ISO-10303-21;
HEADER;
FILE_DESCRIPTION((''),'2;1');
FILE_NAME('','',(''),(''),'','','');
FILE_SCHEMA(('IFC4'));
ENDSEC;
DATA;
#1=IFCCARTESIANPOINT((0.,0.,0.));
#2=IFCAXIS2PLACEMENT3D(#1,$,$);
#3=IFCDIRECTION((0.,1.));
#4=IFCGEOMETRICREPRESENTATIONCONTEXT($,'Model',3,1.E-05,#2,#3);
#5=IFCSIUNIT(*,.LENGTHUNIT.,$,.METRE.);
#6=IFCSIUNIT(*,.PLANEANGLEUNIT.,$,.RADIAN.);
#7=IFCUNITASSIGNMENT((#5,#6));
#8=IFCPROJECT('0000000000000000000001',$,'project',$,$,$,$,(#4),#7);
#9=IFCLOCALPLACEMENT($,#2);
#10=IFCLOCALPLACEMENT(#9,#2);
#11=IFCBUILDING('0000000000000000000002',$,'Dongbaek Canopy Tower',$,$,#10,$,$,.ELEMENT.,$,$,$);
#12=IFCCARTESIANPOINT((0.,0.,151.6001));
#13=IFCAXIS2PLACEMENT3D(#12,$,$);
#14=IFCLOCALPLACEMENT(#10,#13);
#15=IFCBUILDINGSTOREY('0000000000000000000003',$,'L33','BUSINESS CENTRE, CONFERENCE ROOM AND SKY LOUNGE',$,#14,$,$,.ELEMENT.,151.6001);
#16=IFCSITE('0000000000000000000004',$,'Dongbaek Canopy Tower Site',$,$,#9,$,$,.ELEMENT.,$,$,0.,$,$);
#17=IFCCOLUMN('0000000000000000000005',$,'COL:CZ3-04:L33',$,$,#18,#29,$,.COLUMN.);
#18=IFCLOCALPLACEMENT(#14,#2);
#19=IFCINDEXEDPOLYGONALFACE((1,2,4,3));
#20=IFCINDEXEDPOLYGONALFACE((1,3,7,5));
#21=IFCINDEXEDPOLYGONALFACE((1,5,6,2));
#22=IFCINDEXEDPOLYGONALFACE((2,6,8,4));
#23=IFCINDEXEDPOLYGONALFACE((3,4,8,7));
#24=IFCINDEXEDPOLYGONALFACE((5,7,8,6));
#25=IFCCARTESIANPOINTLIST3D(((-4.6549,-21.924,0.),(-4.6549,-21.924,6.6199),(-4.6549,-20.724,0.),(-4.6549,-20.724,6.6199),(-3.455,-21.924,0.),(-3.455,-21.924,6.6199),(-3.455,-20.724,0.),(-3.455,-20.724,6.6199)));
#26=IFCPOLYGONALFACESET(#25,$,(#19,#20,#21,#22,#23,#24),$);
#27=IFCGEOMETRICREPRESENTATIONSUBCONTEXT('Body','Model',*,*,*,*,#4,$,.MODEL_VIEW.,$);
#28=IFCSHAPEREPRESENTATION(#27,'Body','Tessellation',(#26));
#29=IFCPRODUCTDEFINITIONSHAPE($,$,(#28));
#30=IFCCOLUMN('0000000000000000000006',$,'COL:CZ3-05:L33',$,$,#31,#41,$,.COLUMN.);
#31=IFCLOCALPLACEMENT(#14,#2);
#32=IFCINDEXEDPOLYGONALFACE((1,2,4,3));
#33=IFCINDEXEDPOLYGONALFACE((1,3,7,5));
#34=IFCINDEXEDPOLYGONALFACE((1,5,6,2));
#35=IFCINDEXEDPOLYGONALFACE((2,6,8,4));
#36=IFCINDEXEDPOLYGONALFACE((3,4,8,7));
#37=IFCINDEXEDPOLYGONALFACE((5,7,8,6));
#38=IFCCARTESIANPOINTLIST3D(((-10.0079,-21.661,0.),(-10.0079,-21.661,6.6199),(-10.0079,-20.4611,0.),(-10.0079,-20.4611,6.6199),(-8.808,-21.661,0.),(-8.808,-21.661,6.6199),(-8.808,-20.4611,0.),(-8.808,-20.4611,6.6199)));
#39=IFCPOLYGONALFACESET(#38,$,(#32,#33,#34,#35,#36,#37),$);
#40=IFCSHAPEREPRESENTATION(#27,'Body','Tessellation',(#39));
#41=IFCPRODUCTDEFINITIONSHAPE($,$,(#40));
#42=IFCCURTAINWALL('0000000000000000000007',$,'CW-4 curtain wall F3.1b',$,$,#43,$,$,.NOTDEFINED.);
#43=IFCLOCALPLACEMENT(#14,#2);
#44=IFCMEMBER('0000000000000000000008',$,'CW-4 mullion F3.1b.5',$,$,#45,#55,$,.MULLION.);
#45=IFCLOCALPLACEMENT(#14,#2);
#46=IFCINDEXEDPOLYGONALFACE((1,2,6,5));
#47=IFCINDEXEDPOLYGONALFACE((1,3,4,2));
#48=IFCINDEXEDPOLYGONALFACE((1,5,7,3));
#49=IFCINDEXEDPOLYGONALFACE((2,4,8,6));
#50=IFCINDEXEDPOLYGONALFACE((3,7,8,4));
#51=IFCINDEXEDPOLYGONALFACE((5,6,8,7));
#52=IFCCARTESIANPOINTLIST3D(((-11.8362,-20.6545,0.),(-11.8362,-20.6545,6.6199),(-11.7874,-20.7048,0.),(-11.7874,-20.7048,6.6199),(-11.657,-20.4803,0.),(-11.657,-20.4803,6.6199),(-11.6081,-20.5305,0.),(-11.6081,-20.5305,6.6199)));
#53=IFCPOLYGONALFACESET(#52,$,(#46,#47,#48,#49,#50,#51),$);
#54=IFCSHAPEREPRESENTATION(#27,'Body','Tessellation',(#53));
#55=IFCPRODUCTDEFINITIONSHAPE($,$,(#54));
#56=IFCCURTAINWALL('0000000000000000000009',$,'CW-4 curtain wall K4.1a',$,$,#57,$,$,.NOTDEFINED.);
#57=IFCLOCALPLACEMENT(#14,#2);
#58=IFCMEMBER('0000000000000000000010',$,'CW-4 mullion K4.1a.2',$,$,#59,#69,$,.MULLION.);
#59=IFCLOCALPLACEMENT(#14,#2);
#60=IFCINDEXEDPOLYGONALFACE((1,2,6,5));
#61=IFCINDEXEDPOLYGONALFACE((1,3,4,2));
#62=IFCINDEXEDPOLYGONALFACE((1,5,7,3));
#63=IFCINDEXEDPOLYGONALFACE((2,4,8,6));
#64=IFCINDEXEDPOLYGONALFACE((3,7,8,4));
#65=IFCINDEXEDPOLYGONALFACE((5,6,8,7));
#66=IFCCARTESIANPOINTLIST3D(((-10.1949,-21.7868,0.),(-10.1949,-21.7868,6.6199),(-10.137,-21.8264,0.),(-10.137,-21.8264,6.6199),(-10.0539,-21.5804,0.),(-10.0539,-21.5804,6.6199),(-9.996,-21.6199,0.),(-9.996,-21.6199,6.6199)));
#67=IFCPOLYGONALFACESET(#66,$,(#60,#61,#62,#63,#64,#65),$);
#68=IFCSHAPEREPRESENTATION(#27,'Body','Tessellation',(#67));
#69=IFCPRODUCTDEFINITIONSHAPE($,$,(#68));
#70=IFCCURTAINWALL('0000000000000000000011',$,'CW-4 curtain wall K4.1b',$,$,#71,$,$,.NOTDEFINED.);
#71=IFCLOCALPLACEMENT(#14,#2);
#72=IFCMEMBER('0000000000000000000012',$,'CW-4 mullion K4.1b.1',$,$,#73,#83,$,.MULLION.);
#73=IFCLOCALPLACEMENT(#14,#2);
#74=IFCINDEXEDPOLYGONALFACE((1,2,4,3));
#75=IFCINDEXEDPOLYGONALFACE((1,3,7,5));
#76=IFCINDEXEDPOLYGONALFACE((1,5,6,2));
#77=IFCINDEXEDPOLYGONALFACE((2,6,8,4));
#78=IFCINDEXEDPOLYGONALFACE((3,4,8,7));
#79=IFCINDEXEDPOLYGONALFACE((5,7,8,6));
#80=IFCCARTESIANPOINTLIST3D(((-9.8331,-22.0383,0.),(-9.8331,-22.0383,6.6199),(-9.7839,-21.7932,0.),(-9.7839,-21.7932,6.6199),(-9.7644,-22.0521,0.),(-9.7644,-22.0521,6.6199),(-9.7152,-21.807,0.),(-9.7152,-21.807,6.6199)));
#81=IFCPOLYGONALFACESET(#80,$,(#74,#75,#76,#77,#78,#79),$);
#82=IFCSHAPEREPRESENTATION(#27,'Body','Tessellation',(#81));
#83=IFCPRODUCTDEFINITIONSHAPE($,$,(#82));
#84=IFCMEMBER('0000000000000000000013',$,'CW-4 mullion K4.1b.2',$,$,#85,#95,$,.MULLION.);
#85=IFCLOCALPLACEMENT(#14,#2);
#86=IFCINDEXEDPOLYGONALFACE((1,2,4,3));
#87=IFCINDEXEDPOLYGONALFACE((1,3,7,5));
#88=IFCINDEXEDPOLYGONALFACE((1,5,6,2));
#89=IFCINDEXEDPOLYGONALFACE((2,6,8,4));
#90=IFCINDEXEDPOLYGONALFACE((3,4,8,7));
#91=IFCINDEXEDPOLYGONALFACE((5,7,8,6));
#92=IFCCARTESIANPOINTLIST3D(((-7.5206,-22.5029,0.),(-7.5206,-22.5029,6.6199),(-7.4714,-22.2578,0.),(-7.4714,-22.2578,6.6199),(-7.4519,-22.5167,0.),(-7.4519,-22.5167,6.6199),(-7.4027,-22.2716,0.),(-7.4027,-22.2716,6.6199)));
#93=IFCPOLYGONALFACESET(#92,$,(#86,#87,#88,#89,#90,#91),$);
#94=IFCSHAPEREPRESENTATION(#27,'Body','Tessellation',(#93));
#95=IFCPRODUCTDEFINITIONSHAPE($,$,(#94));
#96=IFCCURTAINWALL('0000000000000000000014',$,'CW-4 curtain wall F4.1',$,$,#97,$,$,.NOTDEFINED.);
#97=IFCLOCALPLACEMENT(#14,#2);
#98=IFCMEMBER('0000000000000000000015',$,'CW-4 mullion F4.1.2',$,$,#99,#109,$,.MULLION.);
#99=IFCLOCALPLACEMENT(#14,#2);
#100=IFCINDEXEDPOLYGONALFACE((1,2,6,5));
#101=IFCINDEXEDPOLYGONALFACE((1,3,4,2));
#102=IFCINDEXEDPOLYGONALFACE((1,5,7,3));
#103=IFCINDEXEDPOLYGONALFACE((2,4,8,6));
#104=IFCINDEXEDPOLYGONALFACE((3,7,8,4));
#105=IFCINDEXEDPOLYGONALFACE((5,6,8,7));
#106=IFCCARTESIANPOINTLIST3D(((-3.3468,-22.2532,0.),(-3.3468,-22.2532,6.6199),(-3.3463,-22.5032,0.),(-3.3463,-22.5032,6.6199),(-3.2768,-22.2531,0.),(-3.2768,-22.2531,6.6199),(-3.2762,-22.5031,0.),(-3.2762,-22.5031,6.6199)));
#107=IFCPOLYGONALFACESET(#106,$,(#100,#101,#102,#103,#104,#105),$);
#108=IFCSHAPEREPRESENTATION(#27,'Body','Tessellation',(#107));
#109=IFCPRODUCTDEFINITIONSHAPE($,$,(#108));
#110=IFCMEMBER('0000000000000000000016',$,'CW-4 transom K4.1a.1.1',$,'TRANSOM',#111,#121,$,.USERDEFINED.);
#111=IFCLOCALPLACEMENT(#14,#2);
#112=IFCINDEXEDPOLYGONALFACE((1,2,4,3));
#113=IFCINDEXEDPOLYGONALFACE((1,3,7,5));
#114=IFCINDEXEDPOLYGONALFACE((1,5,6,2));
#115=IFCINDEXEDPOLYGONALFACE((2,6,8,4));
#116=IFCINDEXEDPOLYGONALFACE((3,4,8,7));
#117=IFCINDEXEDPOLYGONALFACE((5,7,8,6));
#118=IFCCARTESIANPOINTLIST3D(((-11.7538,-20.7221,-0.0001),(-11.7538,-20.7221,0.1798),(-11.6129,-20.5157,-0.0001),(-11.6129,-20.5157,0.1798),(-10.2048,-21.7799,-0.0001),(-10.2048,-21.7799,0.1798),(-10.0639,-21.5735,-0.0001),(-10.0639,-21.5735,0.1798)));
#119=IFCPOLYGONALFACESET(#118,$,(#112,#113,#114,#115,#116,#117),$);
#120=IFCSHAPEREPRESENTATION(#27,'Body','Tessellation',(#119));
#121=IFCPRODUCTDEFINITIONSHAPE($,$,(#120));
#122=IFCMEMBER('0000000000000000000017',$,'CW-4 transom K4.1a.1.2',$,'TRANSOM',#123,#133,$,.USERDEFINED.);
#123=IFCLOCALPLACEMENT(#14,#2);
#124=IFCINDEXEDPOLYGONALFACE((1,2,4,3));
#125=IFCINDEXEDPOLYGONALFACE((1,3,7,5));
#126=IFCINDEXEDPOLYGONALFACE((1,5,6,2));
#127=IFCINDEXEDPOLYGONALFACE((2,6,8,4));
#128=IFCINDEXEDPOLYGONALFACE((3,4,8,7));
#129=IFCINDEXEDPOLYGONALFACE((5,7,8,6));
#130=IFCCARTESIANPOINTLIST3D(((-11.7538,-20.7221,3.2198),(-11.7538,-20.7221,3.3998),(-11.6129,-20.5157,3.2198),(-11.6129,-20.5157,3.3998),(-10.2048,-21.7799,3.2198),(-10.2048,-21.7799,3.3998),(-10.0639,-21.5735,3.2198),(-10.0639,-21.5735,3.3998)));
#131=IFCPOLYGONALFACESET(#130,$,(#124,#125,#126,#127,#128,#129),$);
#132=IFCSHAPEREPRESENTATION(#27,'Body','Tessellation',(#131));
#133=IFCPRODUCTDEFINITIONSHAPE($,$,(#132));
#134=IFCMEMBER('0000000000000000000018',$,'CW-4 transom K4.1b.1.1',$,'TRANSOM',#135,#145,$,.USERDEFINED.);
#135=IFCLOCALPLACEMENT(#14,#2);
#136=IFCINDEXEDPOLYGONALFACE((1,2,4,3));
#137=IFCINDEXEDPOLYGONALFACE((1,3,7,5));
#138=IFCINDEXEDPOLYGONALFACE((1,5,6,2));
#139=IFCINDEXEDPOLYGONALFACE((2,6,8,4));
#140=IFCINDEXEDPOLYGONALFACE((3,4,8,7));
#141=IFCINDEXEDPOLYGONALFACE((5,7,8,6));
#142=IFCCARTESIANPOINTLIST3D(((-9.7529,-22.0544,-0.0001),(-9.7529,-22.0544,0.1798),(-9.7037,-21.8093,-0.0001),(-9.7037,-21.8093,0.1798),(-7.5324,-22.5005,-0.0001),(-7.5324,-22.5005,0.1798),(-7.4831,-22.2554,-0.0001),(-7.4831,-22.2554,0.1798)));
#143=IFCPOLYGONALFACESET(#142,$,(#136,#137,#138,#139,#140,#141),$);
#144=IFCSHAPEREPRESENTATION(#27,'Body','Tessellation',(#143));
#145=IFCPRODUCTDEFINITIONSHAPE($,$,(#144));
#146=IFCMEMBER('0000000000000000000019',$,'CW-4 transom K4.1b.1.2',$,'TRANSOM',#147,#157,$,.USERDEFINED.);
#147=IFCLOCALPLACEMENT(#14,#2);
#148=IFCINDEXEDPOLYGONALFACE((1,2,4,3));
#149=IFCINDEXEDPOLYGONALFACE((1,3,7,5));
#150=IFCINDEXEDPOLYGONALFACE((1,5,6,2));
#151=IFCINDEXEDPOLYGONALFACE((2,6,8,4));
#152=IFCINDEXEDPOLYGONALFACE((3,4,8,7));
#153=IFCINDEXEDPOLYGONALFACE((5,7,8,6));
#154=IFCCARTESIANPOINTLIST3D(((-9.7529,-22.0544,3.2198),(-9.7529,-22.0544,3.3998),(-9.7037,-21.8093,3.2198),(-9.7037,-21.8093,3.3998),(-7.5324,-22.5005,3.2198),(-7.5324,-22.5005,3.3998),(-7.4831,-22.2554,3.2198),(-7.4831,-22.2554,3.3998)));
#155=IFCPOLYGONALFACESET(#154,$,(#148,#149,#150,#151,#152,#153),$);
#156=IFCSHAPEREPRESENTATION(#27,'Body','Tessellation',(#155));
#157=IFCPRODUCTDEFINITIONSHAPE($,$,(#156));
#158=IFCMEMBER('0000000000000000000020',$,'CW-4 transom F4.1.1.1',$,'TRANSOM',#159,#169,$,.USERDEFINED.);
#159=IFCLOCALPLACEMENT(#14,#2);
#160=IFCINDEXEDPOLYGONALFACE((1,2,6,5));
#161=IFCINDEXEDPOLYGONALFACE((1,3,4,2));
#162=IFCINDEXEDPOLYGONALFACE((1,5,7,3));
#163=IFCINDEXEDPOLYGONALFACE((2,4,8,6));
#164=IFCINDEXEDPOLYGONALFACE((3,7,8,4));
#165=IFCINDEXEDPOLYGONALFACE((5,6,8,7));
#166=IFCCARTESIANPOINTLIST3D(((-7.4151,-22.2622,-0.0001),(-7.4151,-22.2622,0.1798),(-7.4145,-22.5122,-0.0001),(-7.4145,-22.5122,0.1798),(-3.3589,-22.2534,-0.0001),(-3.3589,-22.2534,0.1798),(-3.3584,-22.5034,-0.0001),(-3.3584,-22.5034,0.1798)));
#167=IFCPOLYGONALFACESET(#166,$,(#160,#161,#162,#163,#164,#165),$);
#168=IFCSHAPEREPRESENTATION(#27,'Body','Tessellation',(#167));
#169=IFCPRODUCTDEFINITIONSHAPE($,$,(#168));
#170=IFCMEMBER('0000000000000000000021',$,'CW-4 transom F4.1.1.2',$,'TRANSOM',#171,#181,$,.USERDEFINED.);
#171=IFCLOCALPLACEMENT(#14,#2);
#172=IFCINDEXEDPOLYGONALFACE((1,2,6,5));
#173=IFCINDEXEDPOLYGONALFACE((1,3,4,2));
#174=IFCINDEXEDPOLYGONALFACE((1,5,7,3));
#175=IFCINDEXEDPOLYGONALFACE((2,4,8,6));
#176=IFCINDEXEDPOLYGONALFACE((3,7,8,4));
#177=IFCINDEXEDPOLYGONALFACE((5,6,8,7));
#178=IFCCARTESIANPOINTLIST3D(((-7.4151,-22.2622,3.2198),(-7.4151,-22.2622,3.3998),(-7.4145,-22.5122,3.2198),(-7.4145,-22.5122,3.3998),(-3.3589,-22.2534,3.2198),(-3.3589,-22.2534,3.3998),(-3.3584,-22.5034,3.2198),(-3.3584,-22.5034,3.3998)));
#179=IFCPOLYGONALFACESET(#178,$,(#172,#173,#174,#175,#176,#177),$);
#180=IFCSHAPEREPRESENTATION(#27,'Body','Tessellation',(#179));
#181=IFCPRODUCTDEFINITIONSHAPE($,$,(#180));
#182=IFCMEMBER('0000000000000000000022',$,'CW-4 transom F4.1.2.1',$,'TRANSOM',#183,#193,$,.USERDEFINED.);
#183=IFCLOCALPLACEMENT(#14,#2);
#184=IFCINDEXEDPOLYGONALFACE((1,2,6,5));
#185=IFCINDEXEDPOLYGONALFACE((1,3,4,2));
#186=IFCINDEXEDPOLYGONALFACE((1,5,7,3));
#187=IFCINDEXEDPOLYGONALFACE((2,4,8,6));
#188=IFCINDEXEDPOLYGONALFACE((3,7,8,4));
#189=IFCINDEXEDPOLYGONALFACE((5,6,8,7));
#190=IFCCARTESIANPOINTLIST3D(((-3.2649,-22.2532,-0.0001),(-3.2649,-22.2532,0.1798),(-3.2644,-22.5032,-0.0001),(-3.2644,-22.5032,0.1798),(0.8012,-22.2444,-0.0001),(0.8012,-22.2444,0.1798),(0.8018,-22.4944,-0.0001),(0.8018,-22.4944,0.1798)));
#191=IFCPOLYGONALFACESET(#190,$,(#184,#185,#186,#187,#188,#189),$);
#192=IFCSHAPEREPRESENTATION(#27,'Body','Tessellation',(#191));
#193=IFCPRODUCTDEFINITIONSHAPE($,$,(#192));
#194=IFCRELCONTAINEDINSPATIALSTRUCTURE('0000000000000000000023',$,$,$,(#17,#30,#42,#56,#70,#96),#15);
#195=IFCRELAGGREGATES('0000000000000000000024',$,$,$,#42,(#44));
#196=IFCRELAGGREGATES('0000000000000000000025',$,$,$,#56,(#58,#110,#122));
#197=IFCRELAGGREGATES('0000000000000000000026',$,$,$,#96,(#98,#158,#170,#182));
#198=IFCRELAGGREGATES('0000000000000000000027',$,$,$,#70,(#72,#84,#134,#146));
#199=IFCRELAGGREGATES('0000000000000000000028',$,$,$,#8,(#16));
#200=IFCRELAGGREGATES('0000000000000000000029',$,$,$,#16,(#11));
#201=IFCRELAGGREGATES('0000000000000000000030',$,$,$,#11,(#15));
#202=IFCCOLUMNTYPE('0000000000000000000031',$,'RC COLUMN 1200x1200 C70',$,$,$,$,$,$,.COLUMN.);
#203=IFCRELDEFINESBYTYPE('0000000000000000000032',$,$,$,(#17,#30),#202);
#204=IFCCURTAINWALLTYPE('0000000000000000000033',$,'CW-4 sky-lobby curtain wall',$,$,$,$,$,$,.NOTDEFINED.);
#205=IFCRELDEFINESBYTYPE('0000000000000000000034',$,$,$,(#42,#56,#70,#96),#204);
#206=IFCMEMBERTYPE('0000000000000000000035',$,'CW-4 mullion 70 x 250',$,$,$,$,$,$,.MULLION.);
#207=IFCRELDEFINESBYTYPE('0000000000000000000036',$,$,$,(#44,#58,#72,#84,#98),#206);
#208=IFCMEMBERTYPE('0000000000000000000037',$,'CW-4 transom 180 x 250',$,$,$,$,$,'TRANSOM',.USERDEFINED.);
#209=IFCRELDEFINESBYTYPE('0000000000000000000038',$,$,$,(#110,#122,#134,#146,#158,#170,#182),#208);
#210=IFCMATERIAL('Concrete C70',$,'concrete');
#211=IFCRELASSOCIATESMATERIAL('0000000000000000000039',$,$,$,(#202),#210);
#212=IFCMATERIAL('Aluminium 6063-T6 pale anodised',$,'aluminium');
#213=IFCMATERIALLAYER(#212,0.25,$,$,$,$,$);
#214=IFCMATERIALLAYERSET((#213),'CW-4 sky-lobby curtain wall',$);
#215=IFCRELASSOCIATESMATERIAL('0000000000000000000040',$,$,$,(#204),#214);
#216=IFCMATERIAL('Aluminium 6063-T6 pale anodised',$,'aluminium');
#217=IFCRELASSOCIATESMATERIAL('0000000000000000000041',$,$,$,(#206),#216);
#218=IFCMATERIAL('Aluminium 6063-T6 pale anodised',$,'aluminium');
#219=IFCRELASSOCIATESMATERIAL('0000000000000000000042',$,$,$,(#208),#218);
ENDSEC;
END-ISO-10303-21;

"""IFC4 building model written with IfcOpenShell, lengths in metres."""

from ifc_helpers import new_model, si_unit, direction, frame, origin, origin_2d, place, context, subcontext, project, spatial, rectangle, extrude, material, layer, layer_set, material_profile, profile_set, type_object, element, aggregate, save


model = new_model("IFC4")

# Units and contexts
model_context = context("Model", 3, precision=1e-05, world=origin(), true_north=direction((0.0, 1.0)))
body_context = subcontext(model_context, "Body", "Model", "MODEL_VIEW")
ifc_project = project(units=[si_unit("LENGTHUNIT", "METRE"), si_unit("PLANEANGLEUNIT", "RADIAN")], contexts=[model_context])

# Site, building, storey
site_placement = place(None, origin())
site = spatial("IfcSite", under=ifc_project, at=site_placement, Name="Dongbaek Canopy Tower Site", CompositionType="ELEMENT", RefElevation=0.0)
building_placement = place(site_placement, origin())
building = spatial("IfcBuilding", under=site, at=building_placement, Name="Dongbaek Canopy Tower", CompositionType="ELEMENT")
storey_placement = place(building_placement, frame((0.0, 0.0, 151.6001)))
storey = spatial("IfcBuildingStorey", under=building, at=storey_placement, Name="L33", Description="BUSINESS CENTRE, CONFERENCE ROOM AND SKY LOUNGE", CompositionType="ELEMENT", Elevation=151.6001)

# Columns
ifc_material_1 = material(Name="Concrete C70", Category="concrete")
ifc_material_profile_1 = material_profile(ifc_material_1, rectangle(XDim=1.2, YDim=1.2, at=origin_2d()), Name="RC COLUMN 1200x1200 C70")
ifc_profile_set_1 = profile_set([ifc_material_profile_1], Name="Concrete C70")
column_type = type_object("IfcColumnType", Name="RC COLUMN 1200x1200 C70", PredefinedType="COLUMN", material=ifc_profile_set_1)
for number, where, z_axis, x_axis, name in (
    (1, (-4.0549, -21.324, 0.0), (0.0, 0.0, 1.0), (1.0, 0.0, 0.0), "COL:CZ3-04:L33"),
    (2, (-9.408, -21.061, 0.0), (0.0, 0.0, 1.0), (1.0, 0.0, 0.0), "COL:CZ3-05:L33"),
):
    element("IfcColumn", number, at=place(storey_placement, frame(where, z_axis=z_axis, x_axis=x_axis)), inside=storey, type_object=column_type, Name=name, PredefinedType="COLUMN", context=body_context, shape_type="SweptSolid", body=[
        extrude(rectangle(XDim=1.2, YDim=1.2, at=origin_2d()), origin(), (0.0, 0.0, 1.0), 6.6199),
    ])

# Curtain walls, members
ifc_material_2 = material(Name="Aluminium 6063-T6 pale anodised", Category="aluminium")
ifc_layer_1 = layer(ifc_material_2, 0.25)
ifc_layer_set_1 = layer_set([ifc_layer_1], Name="CW-4 sky-lobby curtain wall")
curtain_wall_type = type_object("IfcCurtainWallType", Name="CW-4 sky-lobby curtain wall", PredefinedType="NOTDEFINED", material=ifc_layer_set_1)
curtain_wall_1_placement = place(storey_placement, origin())
curtain_wall_1 = element("IfcCurtainWall", 3, at=curtain_wall_1_placement, inside=storey, type_object=curtain_wall_type, Name="CW-4 curtain wall F3.1b", PredefinedType="NOTDEFINED")
ifc_material_3 = material(Name="Aluminium 6063-T6 pale anodised", Category="aluminium")
ifc_material_profile_2 = material_profile(ifc_material_3, rectangle(XDim=0.25, YDim=0.0701, at=origin_2d()), Name="CW-4 mullion 70 x 250")
ifc_profile_set_2 = profile_set([ifc_material_profile_2], Name="Aluminium 6063-T6 pale anodised")
member_type_1 = type_object("IfcMemberType", Name="CW-4 mullion 70 x 250", PredefinedType="MULLION", material=ifc_profile_set_2)
member_1_placement = place(storey_placement, frame((-11.7222, -20.5925, 0.0), z_axis=(0.0, 0.0, 1.0), x_axis=(-0.717057, -0.697015, 0.0)))
member_1 = element("IfcMember", 4, at=member_1_placement, type_object=member_type_1, Name="CW-4 mullion F3.1b.5", PredefinedType="MULLION", context=body_context, shape_type="SweptSolid", body=[
    extrude(rectangle(XDim=0.25, YDim=0.0701, at=origin_2d()), origin(), (0.0, 0.0, 1.0), 6.6199),
])
curtain_wall_2_placement = place(storey_placement, origin())
curtain_wall_2 = element("IfcCurtainWall", 5, at=curtain_wall_2_placement, inside=storey, type_object=curtain_wall_type, Name="CW-4 curtain wall K4.1a", PredefinedType="NOTDEFINED")
member_2_placement = place(storey_placement, frame((-10.0955, -21.7034, 0.0), z_axis=(0.0, 0.0, 1.0), x_axis=(-0.56393, -0.825823, 0.0)))
member_2 = element("IfcMember", 6, at=member_2_placement, type_object=member_type_1, Name="CW-4 mullion K4.1a.2", PredefinedType="MULLION", context=body_context, shape_type="SweptSolid", body=[
    extrude(rectangle(XDim=0.25, YDim=0.0701, at=origin_2d()), origin(), (0.0, 0.0, 1.0), 6.6199),
])

# Curtain wall, members
curtain_wall_3_placement = place(storey_placement, origin())
curtain_wall_3 = element("IfcCurtainWall", 7, at=curtain_wall_3_placement, inside=storey, type_object=curtain_wall_type, Name="CW-4 curtain wall K4.1b", PredefinedType="NOTDEFINED")
member_3_placement = place(storey_placement, frame((-9.7742, -21.9226, 0.0), z_axis=(0.0, 0.0, 1.0), x_axis=(-0.196973, -0.980409, 0.0)))
member_3 = element("IfcMember", 8, at=member_3_placement, type_object=member_type_1, Name="CW-4 mullion K4.1b.1", PredefinedType="MULLION", context=body_context, shape_type="SweptSolid", body=[
    extrude(rectangle(XDim=0.25, YDim=0.0701, at=origin_2d()), origin(), (0.0, 0.0, 1.0), 6.6199),
])
member_4_placement = place(storey_placement, frame((-7.4617, -22.3872, 0.0), z_axis=(0.0, 0.0, 1.0), x_axis=(-0.196973, -0.980409, 0.0)))
member_4 = element("IfcMember", 9, at=member_4_placement, type_object=member_type_1, Name="CW-4 mullion K4.1b.2", PredefinedType="MULLION", context=body_context, shape_type="SweptSolid", body=[
    extrude(rectangle(XDim=0.25, YDim=0.0701, at=origin_2d()), origin(), (0.0, 0.0, 1.0), 6.6199),
])

# Curtain wall, member
curtain_wall_4_placement = place(storey_placement, origin())
curtain_wall_4 = element("IfcCurtainWall", 10, at=curtain_wall_4_placement, inside=storey, type_object=curtain_wall_type, Name="CW-4 curtain wall F4.1", PredefinedType="NOTDEFINED")
member_5_placement = place(storey_placement, frame((-3.3115, -22.3782, 0.0), z_axis=(0.0, 0.0, 1.0), x_axis=(0.002164, -0.999998, 0.0)))
member_5 = element("IfcMember", 11, at=member_5_placement, type_object=member_type_1, Name="CW-4 mullion F4.1.2", PredefinedType="MULLION", context=body_context, shape_type="SweptSolid", body=[
    extrude(rectangle(XDim=0.25, YDim=0.0701, at=origin_2d()), origin(), (0.0, 0.0, 1.0), 6.6199),
])

# Members
ifc_material_4 = material(Name="Aluminium 6063-T6 pale anodised", Category="aluminium")
ifc_material_profile_3 = material_profile(ifc_material_4, rectangle(XDim=0.25, YDim=0.1799, at=origin_2d()), Name="CW-4 transom 180 x 250")
ifc_profile_set_3 = profile_set([ifc_material_profile_3], Name="Aluminium 6063-T6 pale anodised")
member_type_2 = type_object("IfcMemberType", Name="CW-4 transom 180 x 250", ElementType="TRANSOM", PredefinedType="USERDEFINED", material=ifc_profile_set_3)
member_6_placement = place(storey_placement, frame((-11.6833, -20.6189, 0.0898), z_axis=(0.825811, -0.563946, 0.0), x_axis=(0.563946, 0.825811, 0.0)))
member_6 = element("IfcMember", 12, at=member_6_placement, type_object=member_type_2, Name="CW-4 transom K4.1a.1.1", ObjectType="TRANSOM", PredefinedType="USERDEFINED", context=body_context, shape_type="SweptSolid", body=[
    extrude(rectangle(XDim=0.25, YDim=0.1799, at=origin_2d()), origin(), (0.0, 0.0, 1.0), 1.8757),
])
member_7_placement = place(storey_placement, frame((-11.6833, -20.6189, 3.3098), z_axis=(0.825811, -0.563946, 0.0), x_axis=(0.563946, 0.825811, 0.0)))
member_7 = element("IfcMember", 13, at=member_7_placement, type_object=member_type_2, Name="CW-4 transom K4.1a.1.2", ObjectType="TRANSOM", PredefinedType="USERDEFINED", context=body_context, shape_type="SweptSolid", body=[
    extrude(rectangle(XDim=0.25, YDim=0.1799, at=origin_2d()), origin(), (0.0, 0.0, 1.0), 1.8757),
])
member_8_placement = place(storey_placement, frame((-9.7283, -21.9319, 0.0898), z_axis=(0.980414, -0.196945, 0.0), x_axis=(0.196945, 0.980414, 0.0)))
member_8 = element("IfcMember", 14, at=member_8_placement, type_object=member_type_2, Name="CW-4 transom K4.1b.1.1", ObjectType="TRANSOM", PredefinedType="USERDEFINED", context=body_context, shape_type="SweptSolid", body=[
    extrude(rectangle(XDim=0.25, YDim=0.1799, at=origin_2d()), origin(), (0.0, 0.0, 1.0), 2.2649),
])
member_9_placement = place(storey_placement, frame((-9.7283, -21.9319, 3.3098), z_axis=(0.980414, -0.196945, 0.0), x_axis=(0.196945, 0.980414, 0.0)))
member_9 = element("IfcMember", 15, at=member_9_placement, type_object=member_type_2, Name="CW-4 transom K4.1b.1.2", ObjectType="TRANSOM", PredefinedType="USERDEFINED", context=body_context, shape_type="SweptSolid", body=[
    extrude(rectangle(XDim=0.25, YDim=0.1799, at=origin_2d()), origin(), (0.0, 0.0, 1.0), 2.2649),
])
member_10_placement = place(storey_placement, frame((-7.4148, -22.3872, 0.0898), z_axis=(0.999998, 0.002167, 0.0), x_axis=(-0.002167, 0.999998, 0.0)))
member_10 = element("IfcMember", 16, at=member_10_placement, type_object=member_type_2, Name="CW-4 transom F4.1.1.1", ObjectType="TRANSOM", PredefinedType="USERDEFINED", context=body_context, shape_type="SweptSolid", body=[
    extrude(rectangle(XDim=0.25, YDim=0.1799, at=origin_2d()), origin(), (0.0, 0.0, 1.0), 4.0562),
])
member_11_placement = place(storey_placement, frame((-7.4148, -22.3872, 3.3098), z_axis=(0.999998, 0.002167, 0.0), x_axis=(-0.002167, 0.999998, 0.0)))
member_11 = element("IfcMember", 17, at=member_11_placement, type_object=member_type_2, Name="CW-4 transom F4.1.1.2", ObjectType="TRANSOM", PredefinedType="USERDEFINED", context=body_context, shape_type="SweptSolid", body=[
    extrude(rectangle(XDim=0.25, YDim=0.1799, at=origin_2d()), origin(), (0.0, 0.0, 1.0), 4.0562),
])
member_12_placement = place(storey_placement, frame((-3.2646, -22.3782, 0.0898), z_axis=(0.999998, 0.002162, 0.0), x_axis=(-0.002162, 0.999998, 0.0)))
member_12 = element("IfcMember", 18, at=member_12_placement, type_object=member_type_2, Name="CW-4 transom F4.1.2.1", ObjectType="TRANSOM", PredefinedType="USERDEFINED", context=body_context, shape_type="SweptSolid", body=[
    extrude(rectangle(XDim=0.25, YDim=0.1799, at=origin_2d()), origin(), (0.0, 0.0, 1.0), 4.0662),
])

aggregate(curtain_wall_1, [member_1])
aggregate(curtain_wall_2, [member_2, member_6, member_7])
aggregate(curtain_wall_4, [member_5, member_10, member_11, member_12])

aggregate(curtain_wall_3, [member_3, member_4, member_8, member_9])

save(model, "model.ifc")
